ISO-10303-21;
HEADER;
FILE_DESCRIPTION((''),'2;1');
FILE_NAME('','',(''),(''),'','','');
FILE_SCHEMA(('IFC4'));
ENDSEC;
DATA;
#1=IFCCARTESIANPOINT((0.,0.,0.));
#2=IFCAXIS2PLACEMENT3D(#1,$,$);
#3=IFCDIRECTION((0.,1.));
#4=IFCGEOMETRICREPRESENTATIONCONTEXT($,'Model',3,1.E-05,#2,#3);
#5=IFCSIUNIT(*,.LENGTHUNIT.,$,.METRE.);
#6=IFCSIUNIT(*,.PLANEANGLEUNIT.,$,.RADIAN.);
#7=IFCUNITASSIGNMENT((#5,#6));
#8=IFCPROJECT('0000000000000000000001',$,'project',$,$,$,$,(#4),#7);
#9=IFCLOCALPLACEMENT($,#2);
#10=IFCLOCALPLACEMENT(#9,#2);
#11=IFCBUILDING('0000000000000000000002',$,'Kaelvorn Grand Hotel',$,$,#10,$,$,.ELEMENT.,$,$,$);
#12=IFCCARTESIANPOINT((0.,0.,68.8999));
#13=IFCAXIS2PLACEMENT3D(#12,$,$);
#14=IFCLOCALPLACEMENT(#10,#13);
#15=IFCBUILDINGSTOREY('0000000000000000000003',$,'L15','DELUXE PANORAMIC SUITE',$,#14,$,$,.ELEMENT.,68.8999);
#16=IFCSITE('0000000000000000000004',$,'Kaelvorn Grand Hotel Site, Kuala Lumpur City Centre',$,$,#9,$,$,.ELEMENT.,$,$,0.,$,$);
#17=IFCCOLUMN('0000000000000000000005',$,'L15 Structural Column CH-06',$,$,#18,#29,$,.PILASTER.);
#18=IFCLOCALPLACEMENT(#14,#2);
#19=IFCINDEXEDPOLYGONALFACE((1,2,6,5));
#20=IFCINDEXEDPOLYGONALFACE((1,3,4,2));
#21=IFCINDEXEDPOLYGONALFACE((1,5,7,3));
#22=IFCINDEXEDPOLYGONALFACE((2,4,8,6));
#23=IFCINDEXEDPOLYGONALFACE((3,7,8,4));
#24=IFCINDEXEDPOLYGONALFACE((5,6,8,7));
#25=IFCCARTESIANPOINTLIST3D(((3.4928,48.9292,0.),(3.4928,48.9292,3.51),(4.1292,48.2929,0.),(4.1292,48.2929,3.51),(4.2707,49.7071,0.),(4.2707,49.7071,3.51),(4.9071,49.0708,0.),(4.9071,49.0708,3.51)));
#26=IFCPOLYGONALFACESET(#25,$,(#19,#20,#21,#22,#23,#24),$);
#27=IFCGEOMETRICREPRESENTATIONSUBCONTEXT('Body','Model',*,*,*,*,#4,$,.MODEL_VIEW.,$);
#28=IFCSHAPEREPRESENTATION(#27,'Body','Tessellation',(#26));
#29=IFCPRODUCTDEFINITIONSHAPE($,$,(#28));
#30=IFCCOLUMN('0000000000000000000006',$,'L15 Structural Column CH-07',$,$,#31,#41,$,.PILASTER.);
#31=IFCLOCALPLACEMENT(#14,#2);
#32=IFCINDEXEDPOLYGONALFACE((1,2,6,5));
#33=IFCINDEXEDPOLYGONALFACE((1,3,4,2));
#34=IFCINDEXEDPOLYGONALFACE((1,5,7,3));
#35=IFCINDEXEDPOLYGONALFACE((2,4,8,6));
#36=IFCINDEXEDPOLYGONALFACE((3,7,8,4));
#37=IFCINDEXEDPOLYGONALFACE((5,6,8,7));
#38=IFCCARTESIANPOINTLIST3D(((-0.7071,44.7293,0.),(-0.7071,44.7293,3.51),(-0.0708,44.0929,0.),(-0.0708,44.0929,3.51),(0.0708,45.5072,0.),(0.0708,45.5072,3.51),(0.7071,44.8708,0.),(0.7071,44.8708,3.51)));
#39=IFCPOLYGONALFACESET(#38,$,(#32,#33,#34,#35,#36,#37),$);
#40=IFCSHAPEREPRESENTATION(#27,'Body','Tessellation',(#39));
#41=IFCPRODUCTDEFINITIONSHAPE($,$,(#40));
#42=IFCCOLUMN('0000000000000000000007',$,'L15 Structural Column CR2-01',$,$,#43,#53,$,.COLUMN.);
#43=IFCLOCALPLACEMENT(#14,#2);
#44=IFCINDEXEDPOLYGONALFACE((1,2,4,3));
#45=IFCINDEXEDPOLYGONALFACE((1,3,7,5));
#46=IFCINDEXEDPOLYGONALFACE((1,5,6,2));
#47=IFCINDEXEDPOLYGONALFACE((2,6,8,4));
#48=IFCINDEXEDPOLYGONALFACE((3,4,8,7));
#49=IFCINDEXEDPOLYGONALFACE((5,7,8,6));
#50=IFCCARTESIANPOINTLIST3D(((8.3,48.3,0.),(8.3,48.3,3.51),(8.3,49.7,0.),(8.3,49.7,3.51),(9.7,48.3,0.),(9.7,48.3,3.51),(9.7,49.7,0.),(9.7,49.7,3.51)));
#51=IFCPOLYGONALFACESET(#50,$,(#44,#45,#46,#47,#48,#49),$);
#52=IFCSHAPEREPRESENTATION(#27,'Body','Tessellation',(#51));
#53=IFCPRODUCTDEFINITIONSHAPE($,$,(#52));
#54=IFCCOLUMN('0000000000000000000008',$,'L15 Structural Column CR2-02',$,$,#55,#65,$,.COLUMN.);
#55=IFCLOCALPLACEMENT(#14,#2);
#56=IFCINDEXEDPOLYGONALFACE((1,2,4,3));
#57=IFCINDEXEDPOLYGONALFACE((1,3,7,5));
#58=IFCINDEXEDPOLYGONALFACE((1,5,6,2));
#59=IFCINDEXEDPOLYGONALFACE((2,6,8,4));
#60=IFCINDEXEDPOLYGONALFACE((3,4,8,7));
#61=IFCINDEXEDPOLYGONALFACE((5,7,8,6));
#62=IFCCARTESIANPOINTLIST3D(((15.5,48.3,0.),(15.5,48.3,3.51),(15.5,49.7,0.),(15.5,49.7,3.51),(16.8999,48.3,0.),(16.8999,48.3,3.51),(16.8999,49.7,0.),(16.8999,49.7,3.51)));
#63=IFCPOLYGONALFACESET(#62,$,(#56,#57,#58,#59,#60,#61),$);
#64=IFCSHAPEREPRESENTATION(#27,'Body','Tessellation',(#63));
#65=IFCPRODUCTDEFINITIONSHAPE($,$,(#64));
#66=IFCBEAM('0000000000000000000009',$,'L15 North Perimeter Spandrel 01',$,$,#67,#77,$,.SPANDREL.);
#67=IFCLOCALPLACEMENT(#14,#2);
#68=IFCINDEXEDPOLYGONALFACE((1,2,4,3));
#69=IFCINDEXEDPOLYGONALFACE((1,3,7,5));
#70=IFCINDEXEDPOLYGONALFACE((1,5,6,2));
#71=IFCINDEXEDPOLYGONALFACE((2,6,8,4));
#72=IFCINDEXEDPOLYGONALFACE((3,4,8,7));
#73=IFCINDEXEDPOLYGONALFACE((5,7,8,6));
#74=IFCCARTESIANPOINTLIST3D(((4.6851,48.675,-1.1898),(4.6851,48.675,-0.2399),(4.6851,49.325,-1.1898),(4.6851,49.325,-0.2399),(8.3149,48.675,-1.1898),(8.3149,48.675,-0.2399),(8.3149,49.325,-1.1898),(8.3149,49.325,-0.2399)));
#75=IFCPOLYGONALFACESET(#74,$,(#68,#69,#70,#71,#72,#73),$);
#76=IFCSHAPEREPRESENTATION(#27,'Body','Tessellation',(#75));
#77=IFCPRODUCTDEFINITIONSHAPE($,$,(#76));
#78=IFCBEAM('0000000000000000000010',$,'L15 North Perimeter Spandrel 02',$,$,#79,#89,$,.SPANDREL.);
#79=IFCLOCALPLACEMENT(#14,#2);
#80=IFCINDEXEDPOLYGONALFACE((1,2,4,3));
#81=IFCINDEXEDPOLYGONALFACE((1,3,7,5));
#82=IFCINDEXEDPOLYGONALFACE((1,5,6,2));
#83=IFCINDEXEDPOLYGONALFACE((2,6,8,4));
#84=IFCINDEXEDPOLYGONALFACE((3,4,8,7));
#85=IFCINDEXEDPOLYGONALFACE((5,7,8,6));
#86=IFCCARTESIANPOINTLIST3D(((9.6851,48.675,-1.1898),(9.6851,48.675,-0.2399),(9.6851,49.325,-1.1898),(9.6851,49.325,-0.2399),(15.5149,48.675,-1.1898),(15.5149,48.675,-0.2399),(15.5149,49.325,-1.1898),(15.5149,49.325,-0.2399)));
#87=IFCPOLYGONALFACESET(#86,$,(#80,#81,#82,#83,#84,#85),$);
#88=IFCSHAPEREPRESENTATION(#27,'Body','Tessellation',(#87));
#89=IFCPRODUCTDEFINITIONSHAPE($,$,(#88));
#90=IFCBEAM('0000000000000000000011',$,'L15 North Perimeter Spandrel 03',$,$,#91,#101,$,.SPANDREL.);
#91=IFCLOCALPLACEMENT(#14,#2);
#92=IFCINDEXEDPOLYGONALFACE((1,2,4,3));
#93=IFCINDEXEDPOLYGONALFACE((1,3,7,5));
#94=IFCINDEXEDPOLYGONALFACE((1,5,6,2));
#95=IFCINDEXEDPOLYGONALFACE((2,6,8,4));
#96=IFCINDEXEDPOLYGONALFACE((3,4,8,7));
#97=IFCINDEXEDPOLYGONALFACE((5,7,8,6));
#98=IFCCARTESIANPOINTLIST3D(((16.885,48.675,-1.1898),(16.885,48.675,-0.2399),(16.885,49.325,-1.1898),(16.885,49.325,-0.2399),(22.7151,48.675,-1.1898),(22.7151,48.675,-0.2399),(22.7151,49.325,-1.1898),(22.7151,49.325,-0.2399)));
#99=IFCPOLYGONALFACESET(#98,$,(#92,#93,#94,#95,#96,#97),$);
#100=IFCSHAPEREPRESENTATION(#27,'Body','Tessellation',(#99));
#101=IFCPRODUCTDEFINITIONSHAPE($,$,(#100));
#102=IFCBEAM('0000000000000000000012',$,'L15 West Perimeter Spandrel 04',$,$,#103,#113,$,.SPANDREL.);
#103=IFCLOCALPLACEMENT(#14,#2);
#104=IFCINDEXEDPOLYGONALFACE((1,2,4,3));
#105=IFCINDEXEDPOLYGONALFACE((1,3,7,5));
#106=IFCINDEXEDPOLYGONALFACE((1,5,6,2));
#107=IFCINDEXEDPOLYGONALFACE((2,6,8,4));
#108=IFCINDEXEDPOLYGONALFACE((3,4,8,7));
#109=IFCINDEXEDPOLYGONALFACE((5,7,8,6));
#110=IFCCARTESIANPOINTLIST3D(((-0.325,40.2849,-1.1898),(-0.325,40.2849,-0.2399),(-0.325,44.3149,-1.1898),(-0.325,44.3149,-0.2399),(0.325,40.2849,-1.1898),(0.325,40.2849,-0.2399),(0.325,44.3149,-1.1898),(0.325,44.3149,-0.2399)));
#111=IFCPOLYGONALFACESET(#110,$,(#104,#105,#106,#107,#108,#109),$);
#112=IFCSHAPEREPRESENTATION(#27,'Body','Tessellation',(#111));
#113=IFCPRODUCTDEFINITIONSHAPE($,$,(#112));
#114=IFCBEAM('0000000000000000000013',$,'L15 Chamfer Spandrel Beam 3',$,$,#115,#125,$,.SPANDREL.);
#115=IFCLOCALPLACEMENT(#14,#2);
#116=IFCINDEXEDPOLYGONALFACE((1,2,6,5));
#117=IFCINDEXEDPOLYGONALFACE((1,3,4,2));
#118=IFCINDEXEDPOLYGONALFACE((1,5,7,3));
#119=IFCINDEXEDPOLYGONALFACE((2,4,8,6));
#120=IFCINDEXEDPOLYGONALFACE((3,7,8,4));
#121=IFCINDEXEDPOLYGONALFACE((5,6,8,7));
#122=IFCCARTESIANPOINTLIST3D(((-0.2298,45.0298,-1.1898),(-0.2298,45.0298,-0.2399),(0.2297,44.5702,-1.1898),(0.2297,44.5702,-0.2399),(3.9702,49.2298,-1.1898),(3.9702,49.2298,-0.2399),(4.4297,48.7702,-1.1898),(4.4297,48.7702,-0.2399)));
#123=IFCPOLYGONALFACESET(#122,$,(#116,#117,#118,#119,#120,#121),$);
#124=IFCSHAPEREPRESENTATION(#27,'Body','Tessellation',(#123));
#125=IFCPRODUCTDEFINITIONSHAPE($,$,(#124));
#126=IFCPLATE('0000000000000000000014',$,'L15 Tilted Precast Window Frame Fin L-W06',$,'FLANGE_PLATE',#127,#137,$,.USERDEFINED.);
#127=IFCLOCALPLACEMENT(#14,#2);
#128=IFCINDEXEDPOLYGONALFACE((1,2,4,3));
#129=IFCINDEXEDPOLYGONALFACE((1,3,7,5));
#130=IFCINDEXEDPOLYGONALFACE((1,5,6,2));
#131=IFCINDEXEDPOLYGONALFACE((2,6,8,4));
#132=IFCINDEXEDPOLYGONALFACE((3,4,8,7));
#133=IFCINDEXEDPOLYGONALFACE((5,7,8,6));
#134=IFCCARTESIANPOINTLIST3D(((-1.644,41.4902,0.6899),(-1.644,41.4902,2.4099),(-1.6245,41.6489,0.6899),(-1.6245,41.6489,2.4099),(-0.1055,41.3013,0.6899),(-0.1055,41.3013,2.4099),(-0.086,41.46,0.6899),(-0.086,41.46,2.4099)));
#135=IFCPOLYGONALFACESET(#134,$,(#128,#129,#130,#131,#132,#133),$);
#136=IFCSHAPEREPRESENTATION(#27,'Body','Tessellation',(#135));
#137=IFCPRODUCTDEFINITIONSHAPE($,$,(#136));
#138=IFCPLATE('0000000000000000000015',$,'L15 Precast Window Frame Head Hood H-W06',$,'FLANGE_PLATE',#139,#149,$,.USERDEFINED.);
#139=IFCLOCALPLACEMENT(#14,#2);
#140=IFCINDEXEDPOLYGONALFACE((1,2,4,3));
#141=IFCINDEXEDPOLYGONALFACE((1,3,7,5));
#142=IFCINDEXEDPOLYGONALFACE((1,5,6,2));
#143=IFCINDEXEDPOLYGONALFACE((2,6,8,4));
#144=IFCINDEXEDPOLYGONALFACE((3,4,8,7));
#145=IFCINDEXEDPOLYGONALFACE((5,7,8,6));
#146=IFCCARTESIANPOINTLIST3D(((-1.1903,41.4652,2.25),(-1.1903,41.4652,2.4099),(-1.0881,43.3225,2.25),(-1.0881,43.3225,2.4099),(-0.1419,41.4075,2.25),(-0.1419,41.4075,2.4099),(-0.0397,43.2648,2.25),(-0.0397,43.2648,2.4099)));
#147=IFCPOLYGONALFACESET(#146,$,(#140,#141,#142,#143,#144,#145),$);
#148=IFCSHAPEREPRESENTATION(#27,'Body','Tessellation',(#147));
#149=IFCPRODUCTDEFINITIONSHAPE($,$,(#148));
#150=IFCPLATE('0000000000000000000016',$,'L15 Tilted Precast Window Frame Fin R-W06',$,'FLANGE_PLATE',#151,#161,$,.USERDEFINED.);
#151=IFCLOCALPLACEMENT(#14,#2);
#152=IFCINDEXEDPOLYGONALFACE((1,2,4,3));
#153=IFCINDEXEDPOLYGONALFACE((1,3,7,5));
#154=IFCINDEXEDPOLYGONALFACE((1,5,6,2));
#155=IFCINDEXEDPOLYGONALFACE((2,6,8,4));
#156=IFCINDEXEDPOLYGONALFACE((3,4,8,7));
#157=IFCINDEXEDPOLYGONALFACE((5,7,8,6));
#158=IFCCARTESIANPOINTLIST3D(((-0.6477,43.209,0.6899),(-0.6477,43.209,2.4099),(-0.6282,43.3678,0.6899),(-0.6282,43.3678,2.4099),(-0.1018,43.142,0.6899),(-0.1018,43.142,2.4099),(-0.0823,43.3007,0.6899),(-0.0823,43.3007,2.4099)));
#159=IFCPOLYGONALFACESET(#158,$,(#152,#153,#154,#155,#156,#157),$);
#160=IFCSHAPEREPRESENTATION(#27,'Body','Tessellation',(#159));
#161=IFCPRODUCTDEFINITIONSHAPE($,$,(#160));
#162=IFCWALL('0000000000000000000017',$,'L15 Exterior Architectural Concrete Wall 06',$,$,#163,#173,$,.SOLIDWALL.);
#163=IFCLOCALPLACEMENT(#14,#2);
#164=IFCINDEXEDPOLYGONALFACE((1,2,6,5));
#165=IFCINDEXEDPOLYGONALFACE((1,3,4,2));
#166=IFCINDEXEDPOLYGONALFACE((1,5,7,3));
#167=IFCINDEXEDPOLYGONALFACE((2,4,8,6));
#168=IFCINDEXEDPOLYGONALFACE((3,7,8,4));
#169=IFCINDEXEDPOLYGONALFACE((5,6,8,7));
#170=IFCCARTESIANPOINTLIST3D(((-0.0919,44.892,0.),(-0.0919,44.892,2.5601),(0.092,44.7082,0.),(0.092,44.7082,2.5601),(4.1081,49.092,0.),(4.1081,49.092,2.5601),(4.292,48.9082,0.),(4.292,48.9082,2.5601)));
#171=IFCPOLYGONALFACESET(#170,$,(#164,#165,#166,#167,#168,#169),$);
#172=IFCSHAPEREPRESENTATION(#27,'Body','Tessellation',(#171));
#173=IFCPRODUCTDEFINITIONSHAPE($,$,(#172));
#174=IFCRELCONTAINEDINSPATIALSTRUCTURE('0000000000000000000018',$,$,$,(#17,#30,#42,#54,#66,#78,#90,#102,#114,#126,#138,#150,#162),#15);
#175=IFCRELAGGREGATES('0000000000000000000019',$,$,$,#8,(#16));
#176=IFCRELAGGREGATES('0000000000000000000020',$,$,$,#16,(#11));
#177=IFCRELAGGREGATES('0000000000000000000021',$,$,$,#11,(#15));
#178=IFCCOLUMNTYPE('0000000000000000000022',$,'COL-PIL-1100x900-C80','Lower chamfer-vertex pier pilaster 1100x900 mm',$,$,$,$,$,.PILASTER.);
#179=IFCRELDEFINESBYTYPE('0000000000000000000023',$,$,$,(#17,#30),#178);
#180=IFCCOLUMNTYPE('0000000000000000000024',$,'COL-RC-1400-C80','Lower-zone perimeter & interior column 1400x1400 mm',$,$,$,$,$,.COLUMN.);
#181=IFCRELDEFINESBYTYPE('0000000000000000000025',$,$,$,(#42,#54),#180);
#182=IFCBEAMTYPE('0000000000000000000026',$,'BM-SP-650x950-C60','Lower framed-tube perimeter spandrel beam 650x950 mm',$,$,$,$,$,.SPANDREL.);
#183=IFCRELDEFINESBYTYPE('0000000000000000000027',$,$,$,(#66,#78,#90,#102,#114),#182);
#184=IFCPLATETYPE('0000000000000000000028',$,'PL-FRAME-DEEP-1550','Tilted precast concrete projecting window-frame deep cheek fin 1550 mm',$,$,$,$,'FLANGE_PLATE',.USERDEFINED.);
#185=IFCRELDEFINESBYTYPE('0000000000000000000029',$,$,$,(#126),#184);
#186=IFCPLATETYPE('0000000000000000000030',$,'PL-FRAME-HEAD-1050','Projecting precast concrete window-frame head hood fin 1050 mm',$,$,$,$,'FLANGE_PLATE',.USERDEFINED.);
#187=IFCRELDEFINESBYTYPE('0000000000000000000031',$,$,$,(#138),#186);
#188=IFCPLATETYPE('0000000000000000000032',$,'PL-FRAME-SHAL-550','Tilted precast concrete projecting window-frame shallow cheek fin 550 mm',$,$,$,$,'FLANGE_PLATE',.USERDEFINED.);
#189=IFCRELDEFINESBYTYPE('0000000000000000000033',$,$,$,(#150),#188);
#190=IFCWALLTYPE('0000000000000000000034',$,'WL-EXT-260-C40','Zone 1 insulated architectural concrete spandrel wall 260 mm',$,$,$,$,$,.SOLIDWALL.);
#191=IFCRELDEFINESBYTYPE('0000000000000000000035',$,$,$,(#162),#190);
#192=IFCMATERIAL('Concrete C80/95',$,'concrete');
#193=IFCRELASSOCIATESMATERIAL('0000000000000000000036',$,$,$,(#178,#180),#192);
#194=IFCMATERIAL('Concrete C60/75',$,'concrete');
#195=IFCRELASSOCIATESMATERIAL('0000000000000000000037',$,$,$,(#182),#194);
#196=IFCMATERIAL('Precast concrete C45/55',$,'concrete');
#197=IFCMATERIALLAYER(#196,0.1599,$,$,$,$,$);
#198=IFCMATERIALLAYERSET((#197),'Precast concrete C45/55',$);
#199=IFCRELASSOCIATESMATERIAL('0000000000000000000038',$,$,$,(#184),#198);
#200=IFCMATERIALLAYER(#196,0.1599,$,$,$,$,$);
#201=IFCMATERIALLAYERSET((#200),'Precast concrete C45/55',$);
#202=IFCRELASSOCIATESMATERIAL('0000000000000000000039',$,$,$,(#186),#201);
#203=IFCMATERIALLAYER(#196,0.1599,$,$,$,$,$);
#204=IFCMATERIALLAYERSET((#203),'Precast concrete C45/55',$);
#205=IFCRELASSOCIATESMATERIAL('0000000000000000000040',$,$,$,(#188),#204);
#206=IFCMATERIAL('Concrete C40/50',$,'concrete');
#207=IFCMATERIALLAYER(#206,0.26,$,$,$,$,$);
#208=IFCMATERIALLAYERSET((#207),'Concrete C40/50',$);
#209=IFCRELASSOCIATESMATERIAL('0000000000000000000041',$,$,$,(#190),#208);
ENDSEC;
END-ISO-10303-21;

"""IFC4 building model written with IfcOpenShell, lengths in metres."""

from ifc_helpers import new_model, si_unit, direction, frame, frame_2d, origin, origin_2d, place, context, subcontext, project, spatial, rectangle, extrude, material, layer, layer_set, material_profile, profile_set, type_object, element, save


model = new_model("IFC4")

# Units and contexts
model_context = context("Model", 3, precision=1e-05, world=origin(), true_north=direction((0.0, 1.0)))
body_context = subcontext(model_context, "Body", "Model", "MODEL_VIEW")
ifc_project = project(units=[si_unit("LENGTHUNIT", "METRE"), si_unit("PLANEANGLEUNIT", "RADIAN")], contexts=[model_context])

# Site, building, storey
site_placement = place(None, origin())
site = spatial("IfcSite", under=ifc_project, at=site_placement, Name="Kaelvorn Grand Hotel Site, Kuala Lumpur City Centre", CompositionType="ELEMENT", RefElevation=0.0)
building_placement = place(site_placement, origin())
building = spatial("IfcBuilding", under=site, at=building_placement, Name="Kaelvorn Grand Hotel", CompositionType="ELEMENT")
storey_placement = place(building_placement, frame((0.0, 0.0, 68.8999)))
storey = spatial("IfcBuildingStorey", under=building, at=storey_placement, Name="L15", Description="DELUXE PANORAMIC SUITE", CompositionType="ELEMENT", Elevation=68.8999)

# Columns
ifc_material_1 = material(Name="Concrete C80/95", Category="concrete")
ifc_material_profile_1 = material_profile(ifc_material_1, rectangle(XDim=1.1001, YDim=0.8999, at=origin_2d()), Name="RC PILASTER 1100x900")
ifc_profile_set_1 = profile_set([ifc_material_profile_1], Name="Concrete C80/95")
column_type_1 = type_object("IfcColumnType", Name="COL-PIL-1100x900-C80", Description="Lower chamfer-vertex pier pilaster 1100x900 mm", PredefinedType="PILASTER", material=ifc_profile_set_1)
for number, where, z_axis, x_axis, name in (
    (1, (4.2, 49.0, 0.0), (0.0, 0.0, 1.0), (0.707107, 0.707107, 0.0), "L15 Structural Column CH-06"),
    (2, (0.0, 44.8, 0.0), (0.0, 0.0, 1.0), (0.707107, 0.707107, 0.0), "L15 Structural Column CH-07"),
):
    element("IfcColumn", number, at=place(storey_placement, frame(where, z_axis=z_axis, x_axis=x_axis)), inside=storey, type_object=column_type_1, Name=name, PredefinedType="PILASTER", context=body_context, shape_type="SweptSolid", body=[
        extrude(rectangle(XDim=1.1001, YDim=0.8999, at=origin_2d()), origin(), (0.0, 0.0, 1.0), 3.51),
    ])
ifc_material_profile_2 = material_profile(ifc_material_1, rectangle(XDim=1.3999, YDim=1.3999, at=origin_2d()), Name="RC COL 1400x1400")
ifc_profile_set_2 = profile_set([ifc_material_profile_2], Name="Concrete C80/95")
column_type_2 = type_object("IfcColumnType", Name="COL-RC-1400-C80", Description="Lower-zone perimeter & interior column 1400x1400 mm", PredefinedType="COLUMN", material=ifc_profile_set_2)
for number, where, z_axis, x_axis, name in (
    (3, (9.0, 49.0, 0.0), (0.0, 0.0, 1.0), (1.0, 0.0, 0.0), "L15 Structural Column CR2-01"),
    (4, (16.2, 49.0, 0.0), (0.0, 0.0, 1.0), (1.0, 0.0, 0.0), "L15 Structural Column CR2-02"),
):
    element("IfcColumn", number, at=place(storey_placement, frame(where, z_axis=z_axis, x_axis=x_axis)), inside=storey, type_object=column_type_2, Name=name, PredefinedType="COLUMN", context=body_context, shape_type="SweptSolid", body=[
        extrude(rectangle(XDim=1.3999, YDim=1.3999, at=origin_2d()), origin(), (0.0, 0.0, 1.0), 3.51),
    ])

# Beams
ifc_material_2 = material(Name="Concrete C60/75", Category="concrete")
ifc_material_profile_3 = material_profile(ifc_material_2, rectangle(XDim=0.6499, YDim=0.95, at=origin_2d()), Name="RC SPANDREL 650x950")
ifc_profile_set_3 = profile_set([ifc_material_profile_3], Name="Concrete C60/75")
beam_type = type_object("IfcBeamType", Name="BM-SP-650x950-C60", Description="Lower framed-tube perimeter spandrel beam 650x950 mm", PredefinedType="SPANDREL", material=ifc_profile_set_3)
beam_1_placement = place(storey_placement, frame((4.6851, 49.0, -0.7148), z_axis=(1.0, 0.0, 0.0), x_axis=(0.0, 1.0, 0.0)))
element("IfcBeam", 5, at=beam_1_placement, inside=storey, type_object=beam_type, Name="L15 North Perimeter Spandrel 01", PredefinedType="SPANDREL", context=body_context, shape_type="SweptSolid", body=[
    extrude(rectangle(XDim=0.6499, YDim=0.95, at=origin_2d()), origin(), (0.0, 0.0, 1.0), 3.6299),
])
beam_2_placement = place(storey_placement, frame((9.6851, 49.0, -0.7148), z_axis=(1.0, 0.0, 0.0), x_axis=(0.0, 1.0, 0.0)))
element("IfcBeam", 6, at=beam_2_placement, inside=storey, type_object=beam_type, Name="L15 North Perimeter Spandrel 02", PredefinedType="SPANDREL", context=body_context, shape_type="SweptSolid", body=[
    extrude(rectangle(XDim=0.6499, YDim=0.95, at=origin_2d()), origin(), (0.0, 0.0, 1.0), 5.8298),
])
beam_3_placement = place(storey_placement, frame((16.885, 49.0, -0.7148), z_axis=(1.0, 0.0, 0.0), x_axis=(0.0, 1.0, 0.0)))
element("IfcBeam", 7, at=beam_3_placement, inside=storey, type_object=beam_type, Name="L15 North Perimeter Spandrel 03", PredefinedType="SPANDREL", context=body_context, shape_type="SweptSolid", body=[
    extrude(rectangle(XDim=0.6499, YDim=0.95, at=origin_2d()), origin(), (0.0, 0.0, 1.0), 5.8301),
])
beam_4_placement = place(storey_placement, frame((0.0, 40.2849, -0.7148), z_axis=(0.0, 1.0, 0.0), x_axis=(-1.0, 0.0, 0.0)))
element("IfcBeam", 8, at=beam_4_placement, inside=storey, type_object=beam_type, Name="L15 West Perimeter Spandrel 04", PredefinedType="SPANDREL", context=body_context, shape_type="SweptSolid", body=[
    extrude(rectangle(XDim=0.6499, YDim=0.95, at=origin_2d()), origin(), (0.0, 0.0, 1.0), 4.03),
])
beam_5_placement = place(storey_placement, frame((4.2, 49.0, -0.7148), z_axis=(-0.707107, -0.707107, 0.0), x_axis=(0.707107, -0.707107, 0.0)))
element("IfcBeam", 9, at=beam_5_placement, inside=storey, type_object=beam_type, Name="L15 Chamfer Spandrel Beam 3", PredefinedType="SPANDREL", context=body_context, shape_type="SweptSolid", body=[
    extrude(rectangle(XDim=0.6499, YDim=0.95, at=origin_2d()), origin(), (0.0, 0.0, 1.0), 5.9397),
])

# Plates
ifc_material_3 = material(Name="Precast concrete C45/55", Category="concrete")
ifc_layer_1 = layer(ifc_material_3, 0.1599)
ifc_layer_set_1 = layer_set([ifc_layer_1], Name="Precast concrete C45/55")
plate_type_1 = type_object("IfcPlateType", Name="PL-FRAME-DEEP-1550", Description="Tilted precast concrete projecting window-frame deep cheek fin 1550 mm", ElementType="FLANGE_PLATE", PredefinedType="USERDEFINED", material=ifc_layer_set_1)
plate_1_placement = place(storey_placement, frame((-0.865, 41.4751, 0.6899), z_axis=(0.0, 0.0, 1.0), x_axis=(0.121869, 0.992546, 0.0)))
element("IfcPlate", 10, at=plate_1_placement, inside=storey, type_object=plate_type_1, Name="L15 Tilted Precast Window Frame Fin L-W06", ObjectType="FLANGE_PLATE", PredefinedType="USERDEFINED", context=body_context, shape_type="SweptSolid", body=[
    extrude(rectangle(XDim=0.1599, YDim=1.55, at=origin_2d()), origin(), (0.0, 0.0, 1.0), 1.72),
])
ifc_layer_2 = layer(ifc_material_3, 0.1599)
ifc_layer_set_2 = layer_set([ifc_layer_2], Name="Precast concrete C45/55")
plate_type_2 = type_object("IfcPlateType", Name="PL-FRAME-HEAD-1050", Description="Projecting precast concrete window-frame head hood fin 1050 mm", ElementType="FLANGE_PLATE", PredefinedType="USERDEFINED", material=ifc_layer_set_2)
plate_2_placement = place(storey_placement, frame((-0.615, 42.365, 2.25), z_axis=(0.0, 0.0, 1.0), x_axis=(0.05495, 0.998489, 0.0)))
element("IfcPlate", 11, at=plate_2_placement, inside=storey, type_object=plate_type_2, Name="L15 Precast Window Frame Head Hood H-W06", ObjectType="FLANGE_PLATE", PredefinedType="USERDEFINED", context=body_context, shape_type="SweptSolid", body=[
    extrude(rectangle(XDim=1.8601, YDim=1.05, at=origin_2d()), origin(), (0.0, 0.0, 1.0), 0.1599),
])
ifc_layer_3 = layer(ifc_material_3, 0.1599)
ifc_layer_set_3 = layer_set([ifc_layer_3], Name="Precast concrete C45/55")
plate_type_3 = type_object("IfcPlateType", Name="PL-FRAME-SHAL-550", Description="Tilted precast concrete projecting window-frame shallow cheek fin 550 mm", ElementType="FLANGE_PLATE", PredefinedType="USERDEFINED", material=ifc_layer_set_3)
plate_3_placement = place(storey_placement, frame((-0.365, 43.2549, 0.6899), z_axis=(0.0, 0.0, 1.0), x_axis=(0.121869, 0.992546, 0.0)))
element("IfcPlate", 12, at=plate_3_placement, inside=storey, type_object=plate_type_3, Name="L15 Tilted Precast Window Frame Fin R-W06", ObjectType="FLANGE_PLATE", PredefinedType="USERDEFINED", context=body_context, shape_type="SweptSolid", body=[
    extrude(rectangle(XDim=0.1599, YDim=0.55, at=origin_2d()), origin(), (0.0, 0.0, 1.0), 1.72),
])

# Wall
ifc_material_4 = material(Name="Concrete C40/50", Category="concrete")
ifc_layer_4 = layer(ifc_material_4, 0.26)
ifc_layer_set_4 = layer_set([ifc_layer_4], Name="Concrete C40/50")
wall_type_1 = type_object("IfcWallType", Name="WL-EXT-260-C40", Description="Zone 1 insulated architectural concrete spandrel wall 260 mm", PredefinedType="SOLIDWALL", material=ifc_layer_set_4)
wall_1_placement = place(storey_placement, frame((4.2, 49.0, 0.0), z_axis=(0.0, 0.0, 1.0), x_axis=(-0.707107, -0.707107, 0.0)))
element("IfcWall", 13, at=wall_1_placement, inside=storey, type_object=wall_type_1, Name="L15 Exterior Architectural Concrete Wall 06", PredefinedType="SOLIDWALL", context=body_context, shape_type="SweptSolid", body=[
    extrude(rectangle(XDim=5.9397, YDim=0.26, at=frame_2d((2.9697, 0.0))), origin(), (0.0, 0.0, 1.0), 2.5601),
])

save(model, "model.ifc")
